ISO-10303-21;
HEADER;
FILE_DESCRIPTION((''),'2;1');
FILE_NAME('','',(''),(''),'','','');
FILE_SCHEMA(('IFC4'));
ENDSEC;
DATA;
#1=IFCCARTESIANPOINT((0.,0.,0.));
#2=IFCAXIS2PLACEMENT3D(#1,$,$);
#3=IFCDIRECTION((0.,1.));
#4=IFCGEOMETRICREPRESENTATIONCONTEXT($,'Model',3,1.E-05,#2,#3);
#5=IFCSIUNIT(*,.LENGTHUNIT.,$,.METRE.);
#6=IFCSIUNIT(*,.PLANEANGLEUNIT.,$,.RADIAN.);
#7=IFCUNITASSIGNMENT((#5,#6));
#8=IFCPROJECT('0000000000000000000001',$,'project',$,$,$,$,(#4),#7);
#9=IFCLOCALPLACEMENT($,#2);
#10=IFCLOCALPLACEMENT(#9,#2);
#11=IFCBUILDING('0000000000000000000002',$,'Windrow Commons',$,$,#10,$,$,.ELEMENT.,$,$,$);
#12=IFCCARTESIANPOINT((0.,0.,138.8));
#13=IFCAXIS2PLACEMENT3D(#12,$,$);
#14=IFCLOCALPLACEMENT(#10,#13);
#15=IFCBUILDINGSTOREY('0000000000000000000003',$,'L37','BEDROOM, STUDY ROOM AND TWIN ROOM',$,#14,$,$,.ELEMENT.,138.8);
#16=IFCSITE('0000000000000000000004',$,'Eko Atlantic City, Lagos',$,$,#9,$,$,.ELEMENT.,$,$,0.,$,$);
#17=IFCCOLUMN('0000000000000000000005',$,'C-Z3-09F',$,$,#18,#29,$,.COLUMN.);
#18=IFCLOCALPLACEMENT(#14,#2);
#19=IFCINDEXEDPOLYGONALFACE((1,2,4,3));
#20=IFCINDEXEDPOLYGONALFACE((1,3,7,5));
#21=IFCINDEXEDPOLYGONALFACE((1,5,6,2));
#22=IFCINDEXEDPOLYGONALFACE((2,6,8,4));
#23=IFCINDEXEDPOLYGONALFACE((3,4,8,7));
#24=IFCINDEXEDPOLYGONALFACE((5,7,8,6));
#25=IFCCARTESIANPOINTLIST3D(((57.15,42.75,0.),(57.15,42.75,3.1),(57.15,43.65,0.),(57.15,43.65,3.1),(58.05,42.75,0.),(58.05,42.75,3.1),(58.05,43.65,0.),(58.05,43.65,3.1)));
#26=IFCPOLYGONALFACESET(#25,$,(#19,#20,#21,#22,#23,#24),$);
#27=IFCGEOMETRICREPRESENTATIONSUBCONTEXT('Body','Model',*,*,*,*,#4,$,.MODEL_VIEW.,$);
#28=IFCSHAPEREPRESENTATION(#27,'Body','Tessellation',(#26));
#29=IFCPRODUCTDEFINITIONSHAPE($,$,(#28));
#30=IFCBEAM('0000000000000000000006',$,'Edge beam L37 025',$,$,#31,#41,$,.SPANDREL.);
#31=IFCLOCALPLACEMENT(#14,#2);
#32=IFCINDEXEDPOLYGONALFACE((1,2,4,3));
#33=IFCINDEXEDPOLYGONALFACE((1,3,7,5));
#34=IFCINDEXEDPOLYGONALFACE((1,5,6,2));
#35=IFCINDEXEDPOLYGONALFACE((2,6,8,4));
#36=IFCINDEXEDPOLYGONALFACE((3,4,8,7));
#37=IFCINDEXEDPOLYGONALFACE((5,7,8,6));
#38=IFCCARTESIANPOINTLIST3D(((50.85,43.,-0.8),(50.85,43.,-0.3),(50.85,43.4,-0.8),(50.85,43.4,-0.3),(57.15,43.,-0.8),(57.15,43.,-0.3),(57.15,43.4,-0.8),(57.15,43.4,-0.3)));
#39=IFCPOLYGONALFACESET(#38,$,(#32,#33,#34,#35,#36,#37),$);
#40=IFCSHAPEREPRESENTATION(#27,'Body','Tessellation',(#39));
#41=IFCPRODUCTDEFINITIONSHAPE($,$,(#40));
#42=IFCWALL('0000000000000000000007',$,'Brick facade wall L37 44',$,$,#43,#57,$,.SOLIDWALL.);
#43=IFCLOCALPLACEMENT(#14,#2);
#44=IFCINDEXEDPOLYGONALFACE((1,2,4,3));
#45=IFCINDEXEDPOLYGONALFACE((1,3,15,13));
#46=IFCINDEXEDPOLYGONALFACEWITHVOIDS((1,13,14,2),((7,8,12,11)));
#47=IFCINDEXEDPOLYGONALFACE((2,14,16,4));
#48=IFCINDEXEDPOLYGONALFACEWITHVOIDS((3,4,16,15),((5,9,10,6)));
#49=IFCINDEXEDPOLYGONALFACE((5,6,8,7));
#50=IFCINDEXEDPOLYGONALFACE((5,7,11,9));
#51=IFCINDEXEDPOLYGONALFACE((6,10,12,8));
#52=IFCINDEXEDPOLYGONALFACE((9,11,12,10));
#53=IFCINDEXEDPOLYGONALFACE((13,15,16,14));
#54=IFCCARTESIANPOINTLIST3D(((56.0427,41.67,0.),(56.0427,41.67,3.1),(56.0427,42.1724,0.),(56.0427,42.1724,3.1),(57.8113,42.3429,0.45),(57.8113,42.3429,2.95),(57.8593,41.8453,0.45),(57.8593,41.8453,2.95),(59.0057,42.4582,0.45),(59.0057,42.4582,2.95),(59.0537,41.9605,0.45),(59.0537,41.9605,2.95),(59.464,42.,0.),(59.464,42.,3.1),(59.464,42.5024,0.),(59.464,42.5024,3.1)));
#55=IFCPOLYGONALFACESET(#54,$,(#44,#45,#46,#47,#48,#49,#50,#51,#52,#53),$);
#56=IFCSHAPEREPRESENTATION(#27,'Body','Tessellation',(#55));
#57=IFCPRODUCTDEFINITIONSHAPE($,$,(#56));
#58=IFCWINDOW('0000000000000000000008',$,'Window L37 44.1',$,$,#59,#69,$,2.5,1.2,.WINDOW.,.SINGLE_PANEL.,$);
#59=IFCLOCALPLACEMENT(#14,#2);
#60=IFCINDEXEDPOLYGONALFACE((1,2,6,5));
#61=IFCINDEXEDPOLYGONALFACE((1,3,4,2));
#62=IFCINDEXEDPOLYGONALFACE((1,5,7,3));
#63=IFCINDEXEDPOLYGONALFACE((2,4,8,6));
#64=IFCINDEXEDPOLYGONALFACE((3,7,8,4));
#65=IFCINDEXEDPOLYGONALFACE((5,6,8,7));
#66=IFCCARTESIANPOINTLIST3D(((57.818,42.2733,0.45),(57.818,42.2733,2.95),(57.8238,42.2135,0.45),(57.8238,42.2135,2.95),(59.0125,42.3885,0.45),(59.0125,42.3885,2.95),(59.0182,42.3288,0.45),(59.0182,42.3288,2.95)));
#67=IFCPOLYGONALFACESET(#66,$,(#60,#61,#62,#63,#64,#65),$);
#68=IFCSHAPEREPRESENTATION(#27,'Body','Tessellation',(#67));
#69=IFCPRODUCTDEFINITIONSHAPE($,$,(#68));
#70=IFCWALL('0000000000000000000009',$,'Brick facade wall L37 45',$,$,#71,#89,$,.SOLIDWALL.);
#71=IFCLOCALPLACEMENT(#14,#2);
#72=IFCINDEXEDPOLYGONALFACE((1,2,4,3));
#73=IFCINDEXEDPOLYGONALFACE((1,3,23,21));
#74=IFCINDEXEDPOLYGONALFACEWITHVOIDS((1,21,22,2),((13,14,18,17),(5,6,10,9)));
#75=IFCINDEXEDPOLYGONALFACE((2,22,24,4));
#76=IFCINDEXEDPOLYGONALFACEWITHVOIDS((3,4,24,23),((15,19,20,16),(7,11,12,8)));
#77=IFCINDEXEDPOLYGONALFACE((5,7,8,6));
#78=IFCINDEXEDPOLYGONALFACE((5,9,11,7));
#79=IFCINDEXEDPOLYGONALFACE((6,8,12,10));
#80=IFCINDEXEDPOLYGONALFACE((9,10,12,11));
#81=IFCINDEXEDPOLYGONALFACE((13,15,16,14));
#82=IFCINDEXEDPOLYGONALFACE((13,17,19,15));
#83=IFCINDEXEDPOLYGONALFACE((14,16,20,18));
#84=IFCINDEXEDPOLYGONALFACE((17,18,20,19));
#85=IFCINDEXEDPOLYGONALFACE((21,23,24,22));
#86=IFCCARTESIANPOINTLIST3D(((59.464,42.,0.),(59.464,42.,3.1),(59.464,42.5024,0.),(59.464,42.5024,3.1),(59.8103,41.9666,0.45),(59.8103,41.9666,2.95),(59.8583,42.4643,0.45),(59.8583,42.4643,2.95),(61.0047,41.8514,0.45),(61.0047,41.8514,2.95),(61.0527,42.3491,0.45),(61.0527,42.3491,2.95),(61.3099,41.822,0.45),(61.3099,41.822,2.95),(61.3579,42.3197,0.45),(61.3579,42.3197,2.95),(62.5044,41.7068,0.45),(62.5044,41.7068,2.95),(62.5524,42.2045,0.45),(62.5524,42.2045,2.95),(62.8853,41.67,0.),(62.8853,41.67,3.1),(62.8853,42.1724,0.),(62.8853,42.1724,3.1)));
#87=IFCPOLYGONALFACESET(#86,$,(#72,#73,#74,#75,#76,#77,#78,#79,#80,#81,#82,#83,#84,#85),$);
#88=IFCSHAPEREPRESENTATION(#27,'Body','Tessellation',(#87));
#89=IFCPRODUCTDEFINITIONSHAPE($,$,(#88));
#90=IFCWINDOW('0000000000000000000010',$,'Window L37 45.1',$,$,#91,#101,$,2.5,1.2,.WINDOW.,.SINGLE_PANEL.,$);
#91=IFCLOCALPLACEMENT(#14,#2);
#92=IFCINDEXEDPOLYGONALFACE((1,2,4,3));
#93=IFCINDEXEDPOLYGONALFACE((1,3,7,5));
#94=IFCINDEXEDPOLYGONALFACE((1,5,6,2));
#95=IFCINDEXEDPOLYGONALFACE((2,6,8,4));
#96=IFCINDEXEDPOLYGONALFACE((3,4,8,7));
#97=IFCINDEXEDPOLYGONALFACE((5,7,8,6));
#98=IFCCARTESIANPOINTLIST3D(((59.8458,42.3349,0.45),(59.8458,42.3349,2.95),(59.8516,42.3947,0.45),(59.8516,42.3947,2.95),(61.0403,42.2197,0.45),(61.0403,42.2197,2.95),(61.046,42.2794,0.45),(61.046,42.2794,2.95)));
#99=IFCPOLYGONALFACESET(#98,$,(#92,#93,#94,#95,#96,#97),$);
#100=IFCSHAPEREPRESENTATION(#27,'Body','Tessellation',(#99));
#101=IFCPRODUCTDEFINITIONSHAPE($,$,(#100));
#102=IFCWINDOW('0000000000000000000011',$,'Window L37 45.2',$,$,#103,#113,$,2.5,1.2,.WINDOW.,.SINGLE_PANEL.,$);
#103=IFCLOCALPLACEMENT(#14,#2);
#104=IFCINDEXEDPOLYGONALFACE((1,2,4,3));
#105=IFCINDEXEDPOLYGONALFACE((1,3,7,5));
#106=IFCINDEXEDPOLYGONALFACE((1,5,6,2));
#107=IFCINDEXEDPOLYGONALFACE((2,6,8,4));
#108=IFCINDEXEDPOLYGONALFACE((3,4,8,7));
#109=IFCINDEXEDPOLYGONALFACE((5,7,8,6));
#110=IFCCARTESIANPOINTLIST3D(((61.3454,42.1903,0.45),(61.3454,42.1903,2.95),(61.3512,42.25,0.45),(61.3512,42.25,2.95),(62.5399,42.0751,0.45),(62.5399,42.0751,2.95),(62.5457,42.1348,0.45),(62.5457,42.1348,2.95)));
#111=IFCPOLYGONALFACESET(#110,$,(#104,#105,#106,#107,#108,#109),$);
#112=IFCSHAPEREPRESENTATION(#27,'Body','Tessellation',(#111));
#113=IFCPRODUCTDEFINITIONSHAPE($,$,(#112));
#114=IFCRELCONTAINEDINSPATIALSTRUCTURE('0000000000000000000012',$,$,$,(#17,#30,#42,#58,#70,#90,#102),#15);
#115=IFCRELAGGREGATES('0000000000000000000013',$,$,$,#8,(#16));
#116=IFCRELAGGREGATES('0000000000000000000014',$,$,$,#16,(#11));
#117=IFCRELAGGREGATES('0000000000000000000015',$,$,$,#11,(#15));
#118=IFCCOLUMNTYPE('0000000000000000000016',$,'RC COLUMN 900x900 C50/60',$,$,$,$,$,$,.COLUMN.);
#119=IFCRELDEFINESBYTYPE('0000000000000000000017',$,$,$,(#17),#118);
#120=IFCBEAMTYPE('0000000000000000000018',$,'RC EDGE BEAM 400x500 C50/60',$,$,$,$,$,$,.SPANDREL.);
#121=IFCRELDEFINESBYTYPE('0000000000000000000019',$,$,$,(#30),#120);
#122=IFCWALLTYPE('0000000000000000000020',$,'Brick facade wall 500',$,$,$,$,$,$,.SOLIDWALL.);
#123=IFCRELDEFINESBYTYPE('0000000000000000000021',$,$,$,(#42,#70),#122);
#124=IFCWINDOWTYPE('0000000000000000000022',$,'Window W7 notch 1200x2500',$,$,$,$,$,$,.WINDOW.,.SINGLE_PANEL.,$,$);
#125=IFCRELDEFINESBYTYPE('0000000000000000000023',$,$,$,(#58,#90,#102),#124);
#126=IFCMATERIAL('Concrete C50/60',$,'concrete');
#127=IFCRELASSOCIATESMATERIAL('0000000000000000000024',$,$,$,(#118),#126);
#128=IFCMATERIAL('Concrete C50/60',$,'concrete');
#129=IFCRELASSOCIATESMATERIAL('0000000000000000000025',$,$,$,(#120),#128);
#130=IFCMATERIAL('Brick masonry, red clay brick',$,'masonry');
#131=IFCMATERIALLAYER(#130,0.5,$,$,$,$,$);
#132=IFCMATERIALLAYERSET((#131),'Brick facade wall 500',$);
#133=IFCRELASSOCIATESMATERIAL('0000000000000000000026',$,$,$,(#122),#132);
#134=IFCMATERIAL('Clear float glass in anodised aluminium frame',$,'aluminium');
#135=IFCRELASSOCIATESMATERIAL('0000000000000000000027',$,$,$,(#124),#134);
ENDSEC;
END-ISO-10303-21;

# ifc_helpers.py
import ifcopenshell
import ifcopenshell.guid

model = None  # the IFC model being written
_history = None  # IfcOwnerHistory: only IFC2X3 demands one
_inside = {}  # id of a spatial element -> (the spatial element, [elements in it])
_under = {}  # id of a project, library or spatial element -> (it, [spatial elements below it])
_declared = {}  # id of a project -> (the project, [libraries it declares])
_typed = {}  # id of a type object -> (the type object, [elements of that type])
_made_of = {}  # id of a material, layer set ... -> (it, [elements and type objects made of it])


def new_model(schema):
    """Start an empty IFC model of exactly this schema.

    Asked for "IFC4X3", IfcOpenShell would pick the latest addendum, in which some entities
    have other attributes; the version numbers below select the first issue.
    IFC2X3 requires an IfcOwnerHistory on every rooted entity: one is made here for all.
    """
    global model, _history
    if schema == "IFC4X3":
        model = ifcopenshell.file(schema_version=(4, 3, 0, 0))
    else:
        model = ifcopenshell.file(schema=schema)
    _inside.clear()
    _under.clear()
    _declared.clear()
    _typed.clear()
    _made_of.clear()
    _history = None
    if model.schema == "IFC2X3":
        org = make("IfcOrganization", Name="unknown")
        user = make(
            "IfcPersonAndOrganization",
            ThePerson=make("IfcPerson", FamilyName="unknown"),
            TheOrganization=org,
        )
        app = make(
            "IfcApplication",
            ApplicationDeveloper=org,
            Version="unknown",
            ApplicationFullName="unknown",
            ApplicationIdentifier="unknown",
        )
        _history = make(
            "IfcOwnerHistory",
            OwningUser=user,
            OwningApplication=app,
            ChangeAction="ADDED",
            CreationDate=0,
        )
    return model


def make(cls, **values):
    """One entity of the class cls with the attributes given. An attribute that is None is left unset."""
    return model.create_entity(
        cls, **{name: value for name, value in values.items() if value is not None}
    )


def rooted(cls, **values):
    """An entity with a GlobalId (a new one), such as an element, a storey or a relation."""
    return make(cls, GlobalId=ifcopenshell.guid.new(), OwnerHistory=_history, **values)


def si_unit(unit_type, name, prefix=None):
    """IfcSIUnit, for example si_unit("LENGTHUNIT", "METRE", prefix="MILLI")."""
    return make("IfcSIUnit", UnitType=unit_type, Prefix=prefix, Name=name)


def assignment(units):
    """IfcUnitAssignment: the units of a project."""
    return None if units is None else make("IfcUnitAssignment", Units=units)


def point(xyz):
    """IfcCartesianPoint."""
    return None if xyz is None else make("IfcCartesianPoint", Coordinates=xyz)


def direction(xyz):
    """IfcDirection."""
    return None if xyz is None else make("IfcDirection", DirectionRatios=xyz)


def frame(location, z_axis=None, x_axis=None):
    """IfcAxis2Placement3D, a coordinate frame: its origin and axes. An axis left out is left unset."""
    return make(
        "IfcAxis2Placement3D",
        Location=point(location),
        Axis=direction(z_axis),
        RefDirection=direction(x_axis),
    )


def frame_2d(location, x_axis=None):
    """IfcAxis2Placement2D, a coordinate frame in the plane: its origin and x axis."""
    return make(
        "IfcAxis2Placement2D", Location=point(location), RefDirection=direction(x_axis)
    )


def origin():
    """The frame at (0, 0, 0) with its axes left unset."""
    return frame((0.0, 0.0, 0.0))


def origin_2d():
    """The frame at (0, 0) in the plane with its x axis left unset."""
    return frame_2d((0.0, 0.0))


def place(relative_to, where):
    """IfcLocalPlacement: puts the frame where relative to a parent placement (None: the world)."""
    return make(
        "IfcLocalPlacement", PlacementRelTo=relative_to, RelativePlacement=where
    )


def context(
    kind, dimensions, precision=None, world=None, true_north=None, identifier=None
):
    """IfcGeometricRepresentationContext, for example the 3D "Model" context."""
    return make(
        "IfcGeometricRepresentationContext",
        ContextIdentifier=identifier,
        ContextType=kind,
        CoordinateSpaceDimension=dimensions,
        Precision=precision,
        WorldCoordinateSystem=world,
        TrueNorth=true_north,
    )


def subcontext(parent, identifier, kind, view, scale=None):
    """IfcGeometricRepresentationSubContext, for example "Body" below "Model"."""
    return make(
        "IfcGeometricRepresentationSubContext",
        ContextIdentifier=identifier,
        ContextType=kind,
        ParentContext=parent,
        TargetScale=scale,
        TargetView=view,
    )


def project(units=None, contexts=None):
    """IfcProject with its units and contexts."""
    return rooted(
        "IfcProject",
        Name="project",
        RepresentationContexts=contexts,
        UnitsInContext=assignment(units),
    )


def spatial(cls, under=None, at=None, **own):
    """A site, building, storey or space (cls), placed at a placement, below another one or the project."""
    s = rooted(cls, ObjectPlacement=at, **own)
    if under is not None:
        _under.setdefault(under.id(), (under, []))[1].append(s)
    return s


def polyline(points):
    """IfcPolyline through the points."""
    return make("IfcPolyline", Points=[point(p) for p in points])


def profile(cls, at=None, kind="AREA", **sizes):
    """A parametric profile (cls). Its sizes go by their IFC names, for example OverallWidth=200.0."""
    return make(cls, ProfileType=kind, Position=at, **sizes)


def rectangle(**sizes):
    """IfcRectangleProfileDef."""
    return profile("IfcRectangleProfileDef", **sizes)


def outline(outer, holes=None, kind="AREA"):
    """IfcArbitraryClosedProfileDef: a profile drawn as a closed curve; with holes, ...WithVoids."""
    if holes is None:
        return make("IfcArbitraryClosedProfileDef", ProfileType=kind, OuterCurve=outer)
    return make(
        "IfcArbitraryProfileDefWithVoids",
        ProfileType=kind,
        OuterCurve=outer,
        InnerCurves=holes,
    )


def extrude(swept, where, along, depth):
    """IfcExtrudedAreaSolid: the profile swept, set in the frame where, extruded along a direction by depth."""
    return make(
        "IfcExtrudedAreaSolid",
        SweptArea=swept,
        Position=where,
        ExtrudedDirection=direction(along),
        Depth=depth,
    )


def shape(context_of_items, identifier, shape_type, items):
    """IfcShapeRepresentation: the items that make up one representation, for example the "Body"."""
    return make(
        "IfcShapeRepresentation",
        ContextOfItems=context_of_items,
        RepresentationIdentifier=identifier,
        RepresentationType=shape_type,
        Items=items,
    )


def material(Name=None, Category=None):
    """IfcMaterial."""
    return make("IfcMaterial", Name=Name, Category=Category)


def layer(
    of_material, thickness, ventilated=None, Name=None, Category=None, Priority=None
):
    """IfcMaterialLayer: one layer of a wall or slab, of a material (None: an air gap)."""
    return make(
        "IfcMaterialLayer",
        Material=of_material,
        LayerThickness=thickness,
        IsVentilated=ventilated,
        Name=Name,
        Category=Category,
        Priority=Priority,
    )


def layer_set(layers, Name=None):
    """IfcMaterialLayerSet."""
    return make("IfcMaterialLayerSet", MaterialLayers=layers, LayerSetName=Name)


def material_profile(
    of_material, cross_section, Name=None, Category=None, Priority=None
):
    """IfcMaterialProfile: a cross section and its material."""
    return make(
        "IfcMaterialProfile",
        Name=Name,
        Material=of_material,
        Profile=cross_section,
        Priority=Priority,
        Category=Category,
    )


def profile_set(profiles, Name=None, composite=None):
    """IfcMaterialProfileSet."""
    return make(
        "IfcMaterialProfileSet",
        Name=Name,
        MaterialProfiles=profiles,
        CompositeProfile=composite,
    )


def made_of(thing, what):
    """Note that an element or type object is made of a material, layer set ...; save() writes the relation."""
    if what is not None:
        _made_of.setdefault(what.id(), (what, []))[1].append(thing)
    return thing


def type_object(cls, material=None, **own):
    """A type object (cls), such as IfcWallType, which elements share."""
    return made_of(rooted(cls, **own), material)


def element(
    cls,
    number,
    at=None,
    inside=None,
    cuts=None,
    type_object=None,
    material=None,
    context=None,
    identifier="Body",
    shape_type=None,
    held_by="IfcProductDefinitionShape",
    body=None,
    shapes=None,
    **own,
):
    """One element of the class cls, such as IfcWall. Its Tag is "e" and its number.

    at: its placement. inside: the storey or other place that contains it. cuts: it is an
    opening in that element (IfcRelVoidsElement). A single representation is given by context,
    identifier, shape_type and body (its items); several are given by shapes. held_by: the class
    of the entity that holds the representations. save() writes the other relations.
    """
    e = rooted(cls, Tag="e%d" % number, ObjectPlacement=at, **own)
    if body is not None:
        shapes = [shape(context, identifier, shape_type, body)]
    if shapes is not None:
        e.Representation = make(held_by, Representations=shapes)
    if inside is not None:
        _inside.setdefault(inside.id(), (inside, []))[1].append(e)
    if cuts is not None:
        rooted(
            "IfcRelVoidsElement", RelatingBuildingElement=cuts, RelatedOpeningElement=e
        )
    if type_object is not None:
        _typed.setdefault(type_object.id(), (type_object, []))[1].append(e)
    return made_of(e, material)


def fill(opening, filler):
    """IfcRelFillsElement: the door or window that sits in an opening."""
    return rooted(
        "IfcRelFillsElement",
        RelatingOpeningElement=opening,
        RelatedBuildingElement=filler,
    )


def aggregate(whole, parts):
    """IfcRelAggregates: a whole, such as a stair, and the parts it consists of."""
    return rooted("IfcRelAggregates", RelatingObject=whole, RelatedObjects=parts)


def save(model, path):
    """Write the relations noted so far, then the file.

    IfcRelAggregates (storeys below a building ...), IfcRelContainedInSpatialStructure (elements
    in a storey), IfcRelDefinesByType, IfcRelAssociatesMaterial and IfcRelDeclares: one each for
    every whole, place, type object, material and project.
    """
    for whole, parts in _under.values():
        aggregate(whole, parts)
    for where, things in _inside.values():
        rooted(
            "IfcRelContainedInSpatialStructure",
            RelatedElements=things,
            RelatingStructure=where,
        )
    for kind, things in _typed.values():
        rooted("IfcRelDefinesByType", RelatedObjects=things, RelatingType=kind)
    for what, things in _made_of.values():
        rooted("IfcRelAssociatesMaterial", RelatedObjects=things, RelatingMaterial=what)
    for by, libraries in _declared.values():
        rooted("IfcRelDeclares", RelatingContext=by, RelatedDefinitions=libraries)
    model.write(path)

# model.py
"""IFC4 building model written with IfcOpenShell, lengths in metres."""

from ifc_helpers import new_model, si_unit, direction, frame, frame_2d, origin, origin_2d, place, context, subcontext, project, spatial, polyline, rectangle, outline, extrude, material, layer, layer_set, material_profile, profile_set, type_object, element, fill, save


model = new_model("IFC4")

# Units and contexts
model_context = context("Model", 3, precision=1e-05, world=origin(), true_north=direction((0.0, 1.0)))
body_context = subcontext(model_context, "Body", "Model", "MODEL_VIEW")
ifc_project = project(units=[si_unit("LENGTHUNIT", "METRE"), si_unit("PLANEANGLEUNIT", "RADIAN")], contexts=[model_context])

# Site, building, storey
site_placement = place(None, origin())
site = spatial("IfcSite", under=ifc_project, at=site_placement, Name="Eko Atlantic City, Lagos", CompositionType="ELEMENT", RefElevation=0.0)
building_placement = place(site_placement, origin())
building = spatial("IfcBuilding", under=site, at=building_placement, Name="Windrow Commons", CompositionType="ELEMENT")
storey_placement = place(building_placement, frame((0.0, 0.0, 138.8)))
storey = spatial("IfcBuildingStorey", under=building, at=storey_placement, Name="L37", Description="BEDROOM, STUDY ROOM AND TWIN ROOM", CompositionType="ELEMENT", Elevation=138.8)

# Column
ifc_material_1 = material(Name="Concrete C50/60", Category="concrete")
ifc_material_profile_1 = material_profile(ifc_material_1, rectangle(XDim=0.9, YDim=0.9, at=origin_2d()))
ifc_profile_set_1 = profile_set([ifc_material_profile_1], Name="Concrete C50/60")
column_type = type_object("IfcColumnType", Name="RC COLUMN 900x900 C50/60", PredefinedType="COLUMN", material=ifc_profile_set_1)
column_placement = place(storey_placement, frame((57.6, 43.2, 0.0), z_axis=(0.0, 0.0, 1.0), x_axis=(1.0, 0.0, 0.0)))
element("IfcColumn", 1, at=column_placement, inside=storey, type_object=column_type, Name="C-Z3-09F", PredefinedType="COLUMN", context=body_context, shape_type="SweptSolid", body=[
    extrude(rectangle(XDim=0.9, YDim=0.9, at=origin_2d()), origin(), (0.0, 0.0, 1.0), 3.1),
])

# Beam
ifc_material_2 = material(Name="Concrete C50/60", Category="concrete")
ifc_material_profile_2 = material_profile(ifc_material_2, rectangle(XDim=0.4, YDim=0.5, at=origin_2d()))
ifc_profile_set_2 = profile_set([ifc_material_profile_2], Name="Concrete C50/60")
beam_type = type_object("IfcBeamType", Name="RC EDGE BEAM 400x500 C50/60", PredefinedType="SPANDREL", material=ifc_profile_set_2)
beam_placement = place(storey_placement, frame((57.15, 43.2, -0.55), z_axis=(-1.0, 0.0, 0.0), x_axis=(0.0, -1.0, 0.0)))
element("IfcBeam", 2, at=beam_placement, inside=storey, type_object=beam_type, Name="Edge beam L37 025", PredefinedType="SPANDREL", context=body_context, shape_type="SweptSolid", body=[
    extrude(rectangle(XDim=0.4, YDim=0.5, at=origin_2d()), origin(), (0.0, 0.0, 1.0), 6.3),
])

# Wall, opening, window
ifc_material_3 = material(Name="Brick masonry, red clay brick", Category="masonry")
ifc_layer_1 = layer(ifc_material_3, 0.5)
ifc_layer_set_1 = layer_set([ifc_layer_1], Name="Brick facade wall 500")
wall_type_1 = type_object("IfcWallType", Name="Brick facade wall 500", PredefinedType="SOLIDWALL", material=ifc_layer_set_1)
wall_1_placement = place(storey_placement, frame((56.0427, 41.9212, 0.0), z_axis=(0.0, 0.0, 1.0), x_axis=(0.99538, 0.096009, 0.0)))
wall_1 = element("IfcWall", 3, at=wall_1_placement, inside=storey, type_object=wall_type_1, Name="Brick facade wall L37 44", PredefinedType="SOLIDWALL", context=body_context, shape_type="SweptSolid", body=[
    extrude(outline(polyline([(-0.0241, -0.25), (3.4131, -0.25), (3.4613, 0.25), (0.0241, 0.25), (-0.0241, -0.25)])), origin(), (0.0, 0.0, 1.0), 3.1),
])
opening_1_placement = place(wall_1_placement, frame((1.8009, 0.0, 0.45)))
opening_1 = element("IfcOpeningElement", 4, at=opening_1_placement, cuts=wall_1, PredefinedType="OPENING", context=body_context, shape_type="SweptSolid", body=[
    extrude(rectangle(XDim=1.2, YDim=2.5, at=frame_2d((0.6, 1.25))), frame((0.0, 0.26, 0.0), z_axis=(0.0, -1.0, 0.0), x_axis=(1.0, 0.0, 0.0)), (0.0, 0.0, 1.0), 0.52),
])
ifc_material_4 = material(Name="Clear float glass in anodised aluminium frame", Category="aluminium")
window_type = type_object("IfcWindowType", Name="Window W7 notch 1200x2500", PartitioningType="SINGLE_PANEL", PredefinedType="WINDOW", material=ifc_material_4)
window_1_placement = place(opening_1_placement, origin())
window_1 = element("IfcWindow", 5, at=window_1_placement, inside=storey, type_object=window_type, Name="Window L37 44.1", OverallHeight=2.5, OverallWidth=1.2, PartitioningType="SINGLE_PANEL", PredefinedType="WINDOW", context=body_context, shape_type="SweptSolid", body=[
    extrude(rectangle(XDim=1.2, YDim=2.5, at=frame_2d((0.6, 1.25))), frame((0.0, 0.18, 0.0), z_axis=(0.0, -1.0, 0.0), x_axis=(1.0, 0.0, 0.0)), (0.0, 0.0, 1.0), 0.06),
])
fill(opening_1, window_1)

# Wall, openings, windows
wall_2_placement = place(storey_placement, frame((59.464, 42.2512, 0.0), z_axis=(0.0, 0.0, 1.0), x_axis=(0.99538, -0.096009, 0.0)))
wall_2 = element("IfcWall", 6, at=wall_2_placement, inside=storey, type_object=wall_type_1, Name="Brick facade wall L37 45", PredefinedType="SOLIDWALL", context=body_context, shape_type="SweptSolid", body=[
    extrude(outline(polyline([(0.0241, -0.25), (3.4613, -0.25), (3.4131, 0.25), (-0.0241, 0.25), (0.0241, -0.25)])), origin(), (0.0, 0.0, 1.0), 3.1),
])
opening_2_placement = place(wall_2_placement, frame((0.372, 0.0, 0.45)))
opening_2 = element("IfcOpeningElement", 7, at=opening_2_placement, cuts=wall_2, PredefinedType="OPENING", context=body_context, shape_type="SweptSolid", body=[
    extrude(rectangle(XDim=1.2, YDim=2.5, at=frame_2d((0.6, 1.25))), frame((0.0, 0.26, 0.0), z_axis=(0.0, -1.0, 0.0), x_axis=(1.0, 0.0, 0.0)), (0.0, 0.0, 1.0), 0.52),
])
opening_3_placement = place(wall_2_placement, frame((1.8786, 0.0, 0.45)))
opening_3 = element("IfcOpeningElement", 8, at=opening_3_placement, cuts=wall_2, PredefinedType="OPENING", context=body_context, shape_type="SweptSolid", body=[
    extrude(rectangle(XDim=1.2, YDim=2.5, at=frame_2d((0.6, 1.25))), frame((0.0, 0.26, 0.0), z_axis=(0.0, -1.0, 0.0), x_axis=(1.0, 0.0, 0.0)), (0.0, 0.0, 1.0), 0.52),
])
window_2_placement = place(opening_2_placement, origin())
window_2 = element("IfcWindow", 9, at=window_2_placement, inside=storey, type_object=window_type, Name="Window L37 45.1", OverallHeight=2.5, OverallWidth=1.2, PartitioningType="SINGLE_PANEL", PredefinedType="WINDOW", context=body_context, shape_type="SweptSolid", body=[
    extrude(rectangle(XDim=1.2, YDim=2.5, at=frame_2d((0.6, 1.25))), frame((0.0, 0.18, 0.0), z_axis=(0.0, -1.0, 0.0), x_axis=(1.0, 0.0, 0.0)), (0.0, 0.0, 1.0), 0.06),
])
fill(opening_2, window_2)
window_3_placement = place(opening_3_placement, origin())
window_3 = element("IfcWindow", 10, at=window_3_placement, inside=storey, type_object=window_type, Name="Window L37 45.2", OverallHeight=2.5, OverallWidth=1.2, PartitioningType="SINGLE_PANEL", PredefinedType="WINDOW", context=body_context, shape_type="SweptSolid", body=[
    extrude(rectangle(XDim=1.2, YDim=2.5, at=frame_2d((0.6, 1.25))), frame((0.0, 0.18, 0.0), z_axis=(0.0, -1.0, 0.0), x_axis=(1.0, 0.0, 0.0)), (0.0, 0.0, 1.0), 0.06),
])
fill(opening_3, window_3)

save(model, "model.ifc")
